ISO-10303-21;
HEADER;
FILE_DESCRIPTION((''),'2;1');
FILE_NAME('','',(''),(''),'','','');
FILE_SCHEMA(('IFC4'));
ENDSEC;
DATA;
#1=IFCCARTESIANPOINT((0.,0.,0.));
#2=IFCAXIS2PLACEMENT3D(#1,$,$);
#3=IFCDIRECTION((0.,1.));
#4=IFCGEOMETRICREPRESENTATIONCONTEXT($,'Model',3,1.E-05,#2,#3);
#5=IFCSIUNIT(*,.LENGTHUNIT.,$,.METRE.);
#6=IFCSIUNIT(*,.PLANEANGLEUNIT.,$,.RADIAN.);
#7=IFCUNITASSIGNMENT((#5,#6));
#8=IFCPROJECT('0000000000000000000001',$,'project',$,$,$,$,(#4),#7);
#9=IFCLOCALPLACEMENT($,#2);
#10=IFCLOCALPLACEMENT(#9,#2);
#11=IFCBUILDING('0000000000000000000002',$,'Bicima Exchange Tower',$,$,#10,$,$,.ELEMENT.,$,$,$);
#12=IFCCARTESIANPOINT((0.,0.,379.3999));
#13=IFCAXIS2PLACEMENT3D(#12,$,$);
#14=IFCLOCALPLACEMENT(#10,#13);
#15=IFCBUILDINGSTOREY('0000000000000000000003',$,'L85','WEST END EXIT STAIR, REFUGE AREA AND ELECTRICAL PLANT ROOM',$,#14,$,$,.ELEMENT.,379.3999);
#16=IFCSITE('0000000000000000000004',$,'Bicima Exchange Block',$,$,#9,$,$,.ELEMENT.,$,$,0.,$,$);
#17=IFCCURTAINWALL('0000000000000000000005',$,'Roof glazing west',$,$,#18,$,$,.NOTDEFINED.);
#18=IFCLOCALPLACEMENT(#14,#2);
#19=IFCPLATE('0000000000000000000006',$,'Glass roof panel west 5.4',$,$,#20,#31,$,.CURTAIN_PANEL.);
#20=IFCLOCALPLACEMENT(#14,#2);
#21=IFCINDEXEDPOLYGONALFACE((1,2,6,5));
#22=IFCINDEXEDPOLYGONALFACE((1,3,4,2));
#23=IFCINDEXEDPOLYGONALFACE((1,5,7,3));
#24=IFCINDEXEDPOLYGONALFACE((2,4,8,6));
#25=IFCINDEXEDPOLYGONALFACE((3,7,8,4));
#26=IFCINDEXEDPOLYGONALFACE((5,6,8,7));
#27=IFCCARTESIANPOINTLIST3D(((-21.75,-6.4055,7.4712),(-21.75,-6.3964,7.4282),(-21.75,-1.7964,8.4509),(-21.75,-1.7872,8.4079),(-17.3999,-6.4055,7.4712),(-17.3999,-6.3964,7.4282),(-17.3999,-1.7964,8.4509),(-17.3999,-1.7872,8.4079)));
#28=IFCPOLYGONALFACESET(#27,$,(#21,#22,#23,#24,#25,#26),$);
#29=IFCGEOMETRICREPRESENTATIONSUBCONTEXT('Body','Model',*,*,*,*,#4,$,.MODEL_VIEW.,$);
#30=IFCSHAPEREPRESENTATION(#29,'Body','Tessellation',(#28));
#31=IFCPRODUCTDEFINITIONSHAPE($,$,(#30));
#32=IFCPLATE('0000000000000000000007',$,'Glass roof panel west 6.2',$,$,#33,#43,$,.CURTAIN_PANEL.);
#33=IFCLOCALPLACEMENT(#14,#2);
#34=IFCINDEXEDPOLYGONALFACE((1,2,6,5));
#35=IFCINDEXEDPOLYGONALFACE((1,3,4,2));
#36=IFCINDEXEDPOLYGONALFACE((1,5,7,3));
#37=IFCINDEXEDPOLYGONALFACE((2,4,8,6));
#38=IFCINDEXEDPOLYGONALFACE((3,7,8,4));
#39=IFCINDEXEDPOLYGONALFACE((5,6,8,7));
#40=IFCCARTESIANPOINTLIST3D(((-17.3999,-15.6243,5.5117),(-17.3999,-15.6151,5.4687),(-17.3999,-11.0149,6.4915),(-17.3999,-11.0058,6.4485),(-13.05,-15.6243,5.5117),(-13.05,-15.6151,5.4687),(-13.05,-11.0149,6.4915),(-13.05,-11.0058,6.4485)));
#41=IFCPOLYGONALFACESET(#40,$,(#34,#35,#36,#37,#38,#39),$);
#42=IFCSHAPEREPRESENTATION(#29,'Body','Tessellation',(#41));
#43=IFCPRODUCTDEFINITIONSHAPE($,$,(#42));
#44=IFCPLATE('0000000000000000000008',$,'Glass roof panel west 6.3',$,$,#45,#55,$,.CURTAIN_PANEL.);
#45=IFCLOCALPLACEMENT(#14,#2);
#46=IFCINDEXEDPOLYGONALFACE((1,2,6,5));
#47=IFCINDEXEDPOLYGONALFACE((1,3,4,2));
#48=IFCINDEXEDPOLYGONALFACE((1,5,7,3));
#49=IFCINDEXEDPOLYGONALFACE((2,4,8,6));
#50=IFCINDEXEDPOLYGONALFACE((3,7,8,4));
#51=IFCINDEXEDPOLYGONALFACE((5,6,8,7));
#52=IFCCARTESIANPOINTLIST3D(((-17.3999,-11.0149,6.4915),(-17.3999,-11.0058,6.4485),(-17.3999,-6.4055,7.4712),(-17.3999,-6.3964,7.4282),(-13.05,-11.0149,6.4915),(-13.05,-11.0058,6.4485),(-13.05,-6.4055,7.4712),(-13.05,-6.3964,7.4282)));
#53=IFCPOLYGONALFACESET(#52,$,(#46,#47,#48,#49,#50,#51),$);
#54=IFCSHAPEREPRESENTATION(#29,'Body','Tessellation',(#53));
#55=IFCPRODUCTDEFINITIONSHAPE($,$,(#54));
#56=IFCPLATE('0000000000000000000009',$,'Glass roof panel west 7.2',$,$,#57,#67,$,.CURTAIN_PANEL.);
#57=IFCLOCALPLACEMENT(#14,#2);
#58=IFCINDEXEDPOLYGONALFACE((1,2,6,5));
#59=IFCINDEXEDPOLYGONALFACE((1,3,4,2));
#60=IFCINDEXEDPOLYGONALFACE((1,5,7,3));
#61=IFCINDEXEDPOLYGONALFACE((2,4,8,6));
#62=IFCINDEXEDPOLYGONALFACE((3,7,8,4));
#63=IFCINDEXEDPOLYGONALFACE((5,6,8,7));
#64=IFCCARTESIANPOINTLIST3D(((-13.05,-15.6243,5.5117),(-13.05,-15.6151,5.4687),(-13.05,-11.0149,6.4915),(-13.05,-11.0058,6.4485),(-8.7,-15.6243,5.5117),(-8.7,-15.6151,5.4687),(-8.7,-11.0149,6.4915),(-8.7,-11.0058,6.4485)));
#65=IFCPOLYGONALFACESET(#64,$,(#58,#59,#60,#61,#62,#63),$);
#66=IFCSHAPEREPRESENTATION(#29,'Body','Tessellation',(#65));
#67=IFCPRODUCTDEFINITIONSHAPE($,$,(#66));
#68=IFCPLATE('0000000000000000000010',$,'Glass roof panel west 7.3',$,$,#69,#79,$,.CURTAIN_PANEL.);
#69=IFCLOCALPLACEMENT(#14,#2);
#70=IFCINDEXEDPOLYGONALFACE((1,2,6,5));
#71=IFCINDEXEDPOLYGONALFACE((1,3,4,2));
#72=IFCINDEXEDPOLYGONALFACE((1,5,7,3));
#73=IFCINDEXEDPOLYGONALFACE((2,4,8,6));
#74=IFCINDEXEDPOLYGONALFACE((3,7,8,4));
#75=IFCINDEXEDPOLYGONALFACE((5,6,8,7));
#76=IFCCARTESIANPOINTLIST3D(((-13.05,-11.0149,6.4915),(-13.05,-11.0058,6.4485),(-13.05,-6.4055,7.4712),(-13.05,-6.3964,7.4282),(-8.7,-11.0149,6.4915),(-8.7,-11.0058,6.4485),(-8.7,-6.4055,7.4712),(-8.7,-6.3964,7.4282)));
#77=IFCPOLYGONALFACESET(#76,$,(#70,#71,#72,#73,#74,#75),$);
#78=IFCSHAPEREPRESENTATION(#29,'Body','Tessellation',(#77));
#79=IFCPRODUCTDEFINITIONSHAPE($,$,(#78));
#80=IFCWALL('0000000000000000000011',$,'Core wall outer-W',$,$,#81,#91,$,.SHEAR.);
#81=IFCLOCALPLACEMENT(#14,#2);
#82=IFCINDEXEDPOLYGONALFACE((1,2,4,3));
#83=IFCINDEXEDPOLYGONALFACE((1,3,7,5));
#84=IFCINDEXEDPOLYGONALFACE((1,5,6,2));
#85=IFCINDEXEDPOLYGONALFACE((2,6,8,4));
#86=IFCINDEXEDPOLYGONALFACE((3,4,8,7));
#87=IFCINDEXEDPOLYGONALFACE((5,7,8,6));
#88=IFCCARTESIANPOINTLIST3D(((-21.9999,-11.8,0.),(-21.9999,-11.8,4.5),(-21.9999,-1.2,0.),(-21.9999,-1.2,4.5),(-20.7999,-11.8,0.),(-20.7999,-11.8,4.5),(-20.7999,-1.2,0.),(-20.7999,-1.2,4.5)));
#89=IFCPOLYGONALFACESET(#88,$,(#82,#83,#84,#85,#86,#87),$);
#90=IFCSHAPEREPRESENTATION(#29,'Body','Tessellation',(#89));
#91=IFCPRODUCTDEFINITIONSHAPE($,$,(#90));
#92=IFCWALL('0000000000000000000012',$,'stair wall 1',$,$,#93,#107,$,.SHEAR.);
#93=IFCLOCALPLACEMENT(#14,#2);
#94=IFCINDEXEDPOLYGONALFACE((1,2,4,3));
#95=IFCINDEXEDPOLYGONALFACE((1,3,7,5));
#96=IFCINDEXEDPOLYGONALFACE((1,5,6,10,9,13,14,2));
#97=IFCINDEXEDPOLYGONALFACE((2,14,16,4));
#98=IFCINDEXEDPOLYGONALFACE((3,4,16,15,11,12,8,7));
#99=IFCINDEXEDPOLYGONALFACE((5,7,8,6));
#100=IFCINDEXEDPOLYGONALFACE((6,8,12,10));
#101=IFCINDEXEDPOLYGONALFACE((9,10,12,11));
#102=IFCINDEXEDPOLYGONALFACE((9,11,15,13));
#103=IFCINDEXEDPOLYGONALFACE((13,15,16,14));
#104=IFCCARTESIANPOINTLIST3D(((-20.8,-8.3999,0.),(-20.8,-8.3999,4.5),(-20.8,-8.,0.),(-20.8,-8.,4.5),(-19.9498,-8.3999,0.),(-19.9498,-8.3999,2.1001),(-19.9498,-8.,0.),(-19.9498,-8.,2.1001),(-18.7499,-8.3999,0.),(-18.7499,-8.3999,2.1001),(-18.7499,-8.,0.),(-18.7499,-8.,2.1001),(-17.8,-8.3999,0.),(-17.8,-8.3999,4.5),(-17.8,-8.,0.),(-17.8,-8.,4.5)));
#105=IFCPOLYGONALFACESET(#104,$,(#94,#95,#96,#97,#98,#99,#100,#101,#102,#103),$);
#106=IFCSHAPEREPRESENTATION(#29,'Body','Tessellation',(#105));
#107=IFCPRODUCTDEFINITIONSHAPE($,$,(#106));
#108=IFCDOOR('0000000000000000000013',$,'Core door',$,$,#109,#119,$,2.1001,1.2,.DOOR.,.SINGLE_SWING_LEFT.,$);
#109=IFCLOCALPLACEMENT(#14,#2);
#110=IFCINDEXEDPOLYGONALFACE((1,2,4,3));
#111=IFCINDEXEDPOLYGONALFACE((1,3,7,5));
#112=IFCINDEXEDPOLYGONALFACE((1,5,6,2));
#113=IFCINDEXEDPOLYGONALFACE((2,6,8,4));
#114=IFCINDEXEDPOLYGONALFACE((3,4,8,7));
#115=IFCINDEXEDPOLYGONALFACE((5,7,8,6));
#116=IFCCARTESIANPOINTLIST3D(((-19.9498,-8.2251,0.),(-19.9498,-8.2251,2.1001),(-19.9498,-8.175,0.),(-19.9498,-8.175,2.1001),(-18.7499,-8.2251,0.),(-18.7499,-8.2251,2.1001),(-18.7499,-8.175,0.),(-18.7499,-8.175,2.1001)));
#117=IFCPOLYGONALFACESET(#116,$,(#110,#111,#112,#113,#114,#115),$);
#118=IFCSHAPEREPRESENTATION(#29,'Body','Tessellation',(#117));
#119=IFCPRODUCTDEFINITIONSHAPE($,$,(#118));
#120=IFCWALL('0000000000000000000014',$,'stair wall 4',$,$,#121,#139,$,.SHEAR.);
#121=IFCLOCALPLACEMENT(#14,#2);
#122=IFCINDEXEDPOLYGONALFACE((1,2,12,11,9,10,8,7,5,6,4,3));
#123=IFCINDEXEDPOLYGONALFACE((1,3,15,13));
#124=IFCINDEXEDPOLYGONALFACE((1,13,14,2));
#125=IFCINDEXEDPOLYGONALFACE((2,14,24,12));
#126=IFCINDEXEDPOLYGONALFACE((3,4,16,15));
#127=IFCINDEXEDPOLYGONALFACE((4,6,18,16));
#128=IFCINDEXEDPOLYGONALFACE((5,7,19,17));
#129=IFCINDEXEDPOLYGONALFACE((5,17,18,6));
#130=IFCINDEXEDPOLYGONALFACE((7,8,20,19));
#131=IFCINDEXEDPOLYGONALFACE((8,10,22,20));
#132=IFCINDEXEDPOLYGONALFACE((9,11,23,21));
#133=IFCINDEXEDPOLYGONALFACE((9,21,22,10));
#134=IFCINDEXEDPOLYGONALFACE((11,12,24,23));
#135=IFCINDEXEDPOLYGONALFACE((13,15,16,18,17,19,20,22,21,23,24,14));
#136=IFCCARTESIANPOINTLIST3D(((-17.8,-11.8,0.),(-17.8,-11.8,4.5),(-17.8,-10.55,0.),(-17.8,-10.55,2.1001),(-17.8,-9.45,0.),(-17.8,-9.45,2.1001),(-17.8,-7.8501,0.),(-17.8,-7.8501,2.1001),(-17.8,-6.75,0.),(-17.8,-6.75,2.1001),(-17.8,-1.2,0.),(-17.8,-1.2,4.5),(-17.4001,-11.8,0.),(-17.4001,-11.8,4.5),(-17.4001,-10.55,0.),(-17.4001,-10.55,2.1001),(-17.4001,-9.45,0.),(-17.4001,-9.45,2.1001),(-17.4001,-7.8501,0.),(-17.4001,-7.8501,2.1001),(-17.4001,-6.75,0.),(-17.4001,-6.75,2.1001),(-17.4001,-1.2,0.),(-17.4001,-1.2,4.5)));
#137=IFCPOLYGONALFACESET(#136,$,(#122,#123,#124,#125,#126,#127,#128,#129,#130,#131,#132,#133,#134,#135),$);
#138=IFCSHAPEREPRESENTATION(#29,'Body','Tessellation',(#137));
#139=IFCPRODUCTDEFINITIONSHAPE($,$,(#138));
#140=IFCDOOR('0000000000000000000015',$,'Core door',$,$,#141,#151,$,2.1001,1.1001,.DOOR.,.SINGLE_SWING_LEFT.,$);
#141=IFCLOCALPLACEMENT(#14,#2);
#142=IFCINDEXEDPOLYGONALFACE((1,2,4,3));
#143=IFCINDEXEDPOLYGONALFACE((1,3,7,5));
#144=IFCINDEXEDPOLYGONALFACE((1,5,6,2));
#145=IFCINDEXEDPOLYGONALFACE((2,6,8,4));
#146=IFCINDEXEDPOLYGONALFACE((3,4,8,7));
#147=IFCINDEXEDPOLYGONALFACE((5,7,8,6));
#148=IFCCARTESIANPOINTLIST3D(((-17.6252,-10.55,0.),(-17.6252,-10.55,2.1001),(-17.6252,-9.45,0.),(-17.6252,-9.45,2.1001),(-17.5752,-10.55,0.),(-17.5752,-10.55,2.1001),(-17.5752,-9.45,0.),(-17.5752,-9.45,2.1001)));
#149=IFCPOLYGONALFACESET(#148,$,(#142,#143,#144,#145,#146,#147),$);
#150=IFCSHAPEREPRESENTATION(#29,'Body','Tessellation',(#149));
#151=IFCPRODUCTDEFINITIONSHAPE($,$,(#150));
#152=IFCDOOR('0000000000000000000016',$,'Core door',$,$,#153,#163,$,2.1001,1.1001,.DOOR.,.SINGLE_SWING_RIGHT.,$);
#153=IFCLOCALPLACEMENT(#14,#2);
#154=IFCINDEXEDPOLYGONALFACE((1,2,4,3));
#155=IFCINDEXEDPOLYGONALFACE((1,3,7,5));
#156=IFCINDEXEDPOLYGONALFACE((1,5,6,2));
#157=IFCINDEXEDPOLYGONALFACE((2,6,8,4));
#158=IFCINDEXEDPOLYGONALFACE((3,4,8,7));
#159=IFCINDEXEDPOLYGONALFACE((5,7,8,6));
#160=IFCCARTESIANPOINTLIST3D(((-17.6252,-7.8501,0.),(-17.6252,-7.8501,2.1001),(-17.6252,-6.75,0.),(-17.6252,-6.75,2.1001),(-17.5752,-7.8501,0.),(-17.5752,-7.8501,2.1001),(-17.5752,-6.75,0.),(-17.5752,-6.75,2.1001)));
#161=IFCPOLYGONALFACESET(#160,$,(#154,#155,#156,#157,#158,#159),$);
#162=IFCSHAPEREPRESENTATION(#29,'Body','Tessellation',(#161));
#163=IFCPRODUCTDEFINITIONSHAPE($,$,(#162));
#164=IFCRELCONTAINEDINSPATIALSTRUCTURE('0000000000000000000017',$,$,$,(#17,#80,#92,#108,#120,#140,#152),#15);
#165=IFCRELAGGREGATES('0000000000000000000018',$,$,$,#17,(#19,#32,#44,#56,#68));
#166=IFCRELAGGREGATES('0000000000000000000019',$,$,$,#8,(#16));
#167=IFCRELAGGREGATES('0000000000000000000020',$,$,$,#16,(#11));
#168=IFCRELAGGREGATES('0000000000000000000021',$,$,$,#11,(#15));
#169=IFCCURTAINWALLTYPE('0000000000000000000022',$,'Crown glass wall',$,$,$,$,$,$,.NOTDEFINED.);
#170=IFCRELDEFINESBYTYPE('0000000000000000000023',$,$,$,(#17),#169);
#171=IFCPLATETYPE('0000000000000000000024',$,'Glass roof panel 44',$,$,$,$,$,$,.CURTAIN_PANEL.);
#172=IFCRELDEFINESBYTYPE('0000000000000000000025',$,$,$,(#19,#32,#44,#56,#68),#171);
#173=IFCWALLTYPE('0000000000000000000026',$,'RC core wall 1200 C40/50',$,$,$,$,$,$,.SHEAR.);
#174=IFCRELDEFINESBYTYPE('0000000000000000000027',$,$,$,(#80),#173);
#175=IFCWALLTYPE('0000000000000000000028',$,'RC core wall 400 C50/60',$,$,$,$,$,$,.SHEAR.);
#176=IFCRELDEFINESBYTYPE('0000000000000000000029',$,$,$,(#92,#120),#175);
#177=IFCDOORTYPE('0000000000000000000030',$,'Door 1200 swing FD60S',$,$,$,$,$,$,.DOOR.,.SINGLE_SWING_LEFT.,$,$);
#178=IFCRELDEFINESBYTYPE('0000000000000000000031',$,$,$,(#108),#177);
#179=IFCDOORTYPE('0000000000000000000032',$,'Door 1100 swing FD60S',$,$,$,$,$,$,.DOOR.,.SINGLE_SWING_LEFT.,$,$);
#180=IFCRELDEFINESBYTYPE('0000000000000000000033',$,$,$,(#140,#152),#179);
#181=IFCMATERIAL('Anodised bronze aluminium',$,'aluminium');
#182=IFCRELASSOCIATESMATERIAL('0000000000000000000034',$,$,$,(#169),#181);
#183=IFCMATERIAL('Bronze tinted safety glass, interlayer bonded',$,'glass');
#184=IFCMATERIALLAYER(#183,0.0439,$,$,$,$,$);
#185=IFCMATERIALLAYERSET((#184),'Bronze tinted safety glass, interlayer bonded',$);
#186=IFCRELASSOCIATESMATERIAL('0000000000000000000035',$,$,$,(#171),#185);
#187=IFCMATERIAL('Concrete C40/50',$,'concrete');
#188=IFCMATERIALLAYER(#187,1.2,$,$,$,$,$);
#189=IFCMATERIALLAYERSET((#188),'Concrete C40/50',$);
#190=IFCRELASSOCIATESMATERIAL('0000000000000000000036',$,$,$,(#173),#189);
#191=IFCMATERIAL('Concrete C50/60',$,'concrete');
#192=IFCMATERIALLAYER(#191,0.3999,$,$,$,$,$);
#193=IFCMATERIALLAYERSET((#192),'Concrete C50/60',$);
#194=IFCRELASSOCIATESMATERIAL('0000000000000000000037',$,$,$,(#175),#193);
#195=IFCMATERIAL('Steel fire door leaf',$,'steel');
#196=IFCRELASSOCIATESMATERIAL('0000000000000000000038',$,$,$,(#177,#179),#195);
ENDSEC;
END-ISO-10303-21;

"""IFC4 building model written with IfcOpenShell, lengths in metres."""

from ifc_helpers import new_model, si_unit, direction, frame, frame_2d, origin, place, context, subcontext, project, spatial, polyline, rectangle, outline, extrude, material, layer, layer_set, type_object, element, fill, aggregate, save


model = new_model("IFC4")

# Units and contexts
model_context = context("Model", 3, precision=1e-05, world=origin(), true_north=direction((0.0, 1.0)))
body_context = subcontext(model_context, "Body", "Model", "MODEL_VIEW")
ifc_project = project(units=[si_unit("LENGTHUNIT", "METRE"), si_unit("PLANEANGLEUNIT", "RADIAN")], contexts=[model_context])

# Site, building, storey
site_placement = place(None, origin())
site = spatial("IfcSite", under=ifc_project, at=site_placement, Name="Bicima Exchange Block", CompositionType="ELEMENT", RefElevation=0.0)
building_placement = place(site_placement, origin())
building = spatial("IfcBuilding", under=site, at=building_placement, Name="Bicima Exchange Tower", CompositionType="ELEMENT")
storey_placement = place(building_placement, frame((0.0, 0.0, 379.3999)))
storey = spatial("IfcBuildingStorey", under=building, at=storey_placement, Name="L85", Description="WEST END EXIT STAIR, REFUGE AREA AND ELECTRICAL PLANT ROOM", CompositionType="ELEMENT", Elevation=379.3999)

# Curtain wall
ifc_material_1 = material(Name="Anodised bronze aluminium", Category="aluminium")
curtain_wall_type = type_object("IfcCurtainWallType", Name="Crown glass wall", PredefinedType="NOTDEFINED", material=ifc_material_1)
curtain_wall_placement = place(storey_placement, origin())
curtain_wall = element("IfcCurtainWall", 1, at=curtain_wall_placement, inside=storey, type_object=curtain_wall_type, Name="Roof glazing west", PredefinedType="NOTDEFINED")

# Plates
ifc_material_2 = material(Name="Bronze tinted safety glass, interlayer bonded", Category="glass")
ifc_layer_1 = layer(ifc_material_2, 0.0439)
ifc_layer_set_1 = layer_set([ifc_layer_1], Name="Bronze tinted safety glass, interlayer bonded")
plate_type = type_object("IfcPlateType", Name="Glass roof panel 44", PredefinedType="CURTAIN_PANEL", material=ifc_layer_set_1)
plate_1_placement = place(storey_placement, frame((-21.75, -6.4055, 7.4712), z_axis=(0.0, -0.207919, 0.978146), x_axis=(0.0, 0.978146, 0.207919)))
plate_1 = element("IfcPlate", 2, at=plate_1_placement, type_object=plate_type, Name="Glass roof panel west 5.4", PredefinedType="CURTAIN_PANEL", context=body_context, shape_type="SweptSolid", body=[
    extrude(outline(polyline([(0.0, 0.0), (4.7121, 0.0), (4.7121, -4.3501), (0.0, -4.3501), (0.0, 0.0)])), origin(), (0.0, 0.0, -1.0), 0.0439),
])
plate_2_placement = place(storey_placement, frame((-17.3999, -15.6243, 5.5117), z_axis=(0.0, -0.207908, 0.978148), x_axis=(0.0, 0.978148, 0.207908)))
plate_2 = element("IfcPlate", 3, at=plate_2_placement, type_object=plate_type, Name="Glass roof panel west 6.2", PredefinedType="CURTAIN_PANEL", context=body_context, shape_type="SweptSolid", body=[
    extrude(outline(polyline([(0.0, 0.0), (4.7123, 0.0), (4.7123, -4.3499), (0.0, -4.3499), (0.0, 0.0)])), origin(), (0.0, 0.0, -1.0), 0.0439),
])
plate_3_placement = place(storey_placement, frame((-17.3999, -11.0149, 6.4915), z_axis=(0.0, -0.207908, 0.978148), x_axis=(0.0, 0.978148, 0.207908)))
plate_3 = element("IfcPlate", 4, at=plate_3_placement, type_object=plate_type, Name="Glass roof panel west 6.3", PredefinedType="CURTAIN_PANEL", context=body_context, shape_type="SweptSolid", body=[
    extrude(outline(polyline([(0.0, 0.0), (4.7123, 0.0), (4.7123, -4.3499), (0.0, -4.3499), (0.0, 0.0)])), origin(), (0.0, 0.0, -1.0), 0.0439),
])
plate_4_placement = place(storey_placement, frame((-13.05, -15.6243, 5.5117), z_axis=(0.0, -0.207908, 0.978148), x_axis=(0.0, 0.978148, 0.207908)))
plate_4 = element("IfcPlate", 5, at=plate_4_placement, type_object=plate_type, Name="Glass roof panel west 7.2", PredefinedType="CURTAIN_PANEL", context=body_context, shape_type="SweptSolid", body=[
    extrude(outline(polyline([(0.0, 0.0), (4.7123, 0.0), (4.7123, -4.3501), (0.0, -4.3501), (0.0, 0.0)])), origin(), (0.0, 0.0, -1.0), 0.0439),
])
plate_5_placement = place(storey_placement, frame((-13.05, -11.0149, 6.4915), z_axis=(0.0, -0.207908, 0.978148), x_axis=(0.0, 0.978148, 0.207908)))
plate_5 = element("IfcPlate", 6, at=plate_5_placement, type_object=plate_type, Name="Glass roof panel west 7.3", PredefinedType="CURTAIN_PANEL", context=body_context, shape_type="SweptSolid", body=[
    extrude(outline(polyline([(0.0, 0.0), (4.7123, 0.0), (4.7123, -4.3501), (0.0, -4.3501), (0.0, 0.0)])), origin(), (0.0, 0.0, -1.0), 0.0439),
])
aggregate(curtain_wall, [plate_1, plate_2, plate_3, plate_4, plate_5])

# Wall
ifc_material_3 = material(Name="Concrete C40/50", Category="concrete")
ifc_layer_2 = layer(ifc_material_3, 1.2)
ifc_layer_set_2 = layer_set([ifc_layer_2], Name="Concrete C40/50")
wall_type_1 = type_object("IfcWallType", Name="RC core wall 1200 C40/50", PredefinedType="SHEAR", material=ifc_layer_set_2)
wall_1_placement = place(storey_placement, frame((-21.3999, -11.8, 0.0), z_axis=(0.0, 0.0, 1.0), x_axis=(0.0, 1.0, 0.0)))
element("IfcWall", 7, at=wall_1_placement, inside=storey, type_object=wall_type_1, Name="Core wall outer-W", PredefinedType="SHEAR", context=body_context, shape_type="SweptSolid", body=[
    extrude(rectangle(XDim=10.6001, YDim=1.2, at=frame_2d((5.3, 0.0))), origin(), (0.0, 0.0, 1.0), 4.5),
])

# Wall, opening, door
ifc_material_4 = material(Name="Concrete C50/60", Category="concrete")
ifc_layer_3 = layer(ifc_material_4, 0.3999)
ifc_layer_set_3 = layer_set([ifc_layer_3], Name="Concrete C50/60")
wall_type_2 = type_object("IfcWallType", Name="RC core wall 400 C50/60", PredefinedType="SHEAR", material=ifc_layer_set_3)
wall_2_placement = place(storey_placement, frame((-20.8, -8.2, 0.0), z_axis=(0.0, 0.0, 1.0), x_axis=(1.0, 0.0, 0.0)))
wall_2 = element("IfcWall", 8, at=wall_2_placement, inside=storey, type_object=wall_type_2, Name="stair wall 1", PredefinedType="SHEAR", context=body_context, shape_type="SweptSolid", body=[
    extrude(rectangle(XDim=3.0, YDim=0.3999, at=frame_2d((1.5, 0.0))), origin(), (0.0, 0.0, 1.0), 4.5),
])
opening_1_placement = place(wall_2_placement, frame((0.8501, 0.0, 0.0)))
opening_1 = element("IfcOpeningElement", 9, at=opening_1_placement, cuts=wall_2, PredefinedType="OPENING", context=body_context, shape_type="SweptSolid", body=[
    extrude(rectangle(XDim=1.2, YDim=2.1001, at=frame_2d((0.6001, 1.05))), frame((0.0, 0.2119, 0.0), z_axis=(0.0, -1.0, 0.0), x_axis=(1.0, 0.0, 0.0)), (0.0, 0.0, 1.0), 0.4238),
])
ifc_material_5 = material(Name="Steel fire door leaf", Category="steel")
door_type_1 = type_object("IfcDoorType", Name="Door 1200 swing FD60S", OperationType="SINGLE_SWING_LEFT", PredefinedType="DOOR", material=ifc_material_5)
door_1_placement = place(opening_1_placement, origin())
door_1 = element("IfcDoor", 10, at=door_1_placement, inside=storey, type_object=door_type_1, Name="Core door", OperationType="SINGLE_SWING_LEFT", OverallHeight=2.1001, OverallWidth=1.2, PredefinedType="DOOR", context=body_context, shape_type="SweptSolid", body=[
    extrude(rectangle(XDim=1.2, YDim=2.1001, at=frame_2d((0.6001, 1.05))), frame((0.0, 0.0249, 0.0), z_axis=(0.0, -1.0, 0.0), x_axis=(1.0, 0.0, 0.0)), (0.0, 0.0, 1.0), 0.05),
])
fill(opening_1, door_1)

# Wall, openings, doors
wall_3_placement = place(storey_placement, frame((-17.6001, -11.8, 0.0), z_axis=(0.0, 0.0, 1.0), x_axis=(0.0, 1.0, 0.0)))
wall_3 = element("IfcWall", 11, at=wall_3_placement, inside=storey, type_object=wall_type_2, Name="stair wall 4", PredefinedType="SHEAR", context=body_context, shape_type="SweptSolid", body=[
    extrude(rectangle(XDim=10.6001, YDim=0.3999, at=frame_2d((5.3, 0.0))), origin(), (0.0, 0.0, 1.0), 4.5),
])
opening_2_placement = place(wall_3_placement, frame((1.25, 0.0, 0.0)))
opening_2 = element("IfcOpeningElement", 12, at=opening_2_placement, cuts=wall_3, PredefinedType="OPENING", context=body_context, shape_type="SweptSolid", body=[
    extrude(rectangle(XDim=1.1001, YDim=2.1001, at=frame_2d((0.55, 1.05))), frame((0.0, 0.2119, 0.0), z_axis=(0.0, -1.0, 0.0), x_axis=(1.0, 0.0, 0.0)), (0.0, 0.0, 1.0), 0.4238),
])
opening_3_placement = place(wall_3_placement, frame((3.95, 0.0, 0.0)))
opening_3 = element("IfcOpeningElement", 13, at=opening_3_placement, cuts=wall_3, PredefinedType="OPENING", context=body_context, shape_type="SweptSolid", body=[
    extrude(rectangle(XDim=1.1001, YDim=2.1001, at=frame_2d((0.55, 1.05))), frame((0.0, 0.2119, 0.0), z_axis=(0.0, -1.0, 0.0), x_axis=(1.0, 0.0, 0.0)), (0.0, 0.0, 1.0), 0.4238),
])
door_type_2 = type_object("IfcDoorType", Name="Door 1100 swing FD60S", OperationType="SINGLE_SWING_LEFT", PredefinedType="DOOR", material=ifc_material_5)
door_2_placement = place(opening_2_placement, frame((1.1001, 0.0, 0.0), z_axis=(0.0, 0.0, 1.0), x_axis=(-1.0, 0.0, 0.0)))
door_2 = element("IfcDoor", 14, at=door_2_placement, inside=storey, type_object=door_type_2, Name="Core door", OperationType="SINGLE_SWING_LEFT", OverallHeight=2.1001, OverallWidth=1.1001, PredefinedType="DOOR", context=body_context, shape_type="SweptSolid", body=[
    extrude(rectangle(XDim=1.1001, YDim=2.1001, at=frame_2d((0.55, 1.05))), frame((0.0, 0.0249, 0.0), z_axis=(0.0, -1.0, 0.0), x_axis=(1.0, 0.0, 0.0)), (0.0, 0.0, 1.0), 0.05),
])
fill(opening_2, door_2)
door_3_placement = place(opening_3_placement, frame((1.1001, 0.0, 0.0), z_axis=(0.0, 0.0, 1.0), x_axis=(-1.0, 0.0, 0.0)))
door_3 = element("IfcDoor", 15, at=door_3_placement, inside=storey, type_object=door_type_2, Name="Core door", OperationType="SINGLE_SWING_RIGHT", OverallHeight=2.1001, OverallWidth=1.1001, PredefinedType="DOOR", context=body_context, shape_type="SweptSolid", body=[
    extrude(rectangle(XDim=1.1001, YDim=2.1001, at=frame_2d((0.55, 1.05))), frame((0.0, 0.0249, 0.0), z_axis=(0.0, -1.0, 0.0), x_axis=(1.0, 0.0, 0.0)), (0.0, 0.0, 1.0), 0.05),
])
fill(opening_3, door_3)

save(model, "model.ifc")
